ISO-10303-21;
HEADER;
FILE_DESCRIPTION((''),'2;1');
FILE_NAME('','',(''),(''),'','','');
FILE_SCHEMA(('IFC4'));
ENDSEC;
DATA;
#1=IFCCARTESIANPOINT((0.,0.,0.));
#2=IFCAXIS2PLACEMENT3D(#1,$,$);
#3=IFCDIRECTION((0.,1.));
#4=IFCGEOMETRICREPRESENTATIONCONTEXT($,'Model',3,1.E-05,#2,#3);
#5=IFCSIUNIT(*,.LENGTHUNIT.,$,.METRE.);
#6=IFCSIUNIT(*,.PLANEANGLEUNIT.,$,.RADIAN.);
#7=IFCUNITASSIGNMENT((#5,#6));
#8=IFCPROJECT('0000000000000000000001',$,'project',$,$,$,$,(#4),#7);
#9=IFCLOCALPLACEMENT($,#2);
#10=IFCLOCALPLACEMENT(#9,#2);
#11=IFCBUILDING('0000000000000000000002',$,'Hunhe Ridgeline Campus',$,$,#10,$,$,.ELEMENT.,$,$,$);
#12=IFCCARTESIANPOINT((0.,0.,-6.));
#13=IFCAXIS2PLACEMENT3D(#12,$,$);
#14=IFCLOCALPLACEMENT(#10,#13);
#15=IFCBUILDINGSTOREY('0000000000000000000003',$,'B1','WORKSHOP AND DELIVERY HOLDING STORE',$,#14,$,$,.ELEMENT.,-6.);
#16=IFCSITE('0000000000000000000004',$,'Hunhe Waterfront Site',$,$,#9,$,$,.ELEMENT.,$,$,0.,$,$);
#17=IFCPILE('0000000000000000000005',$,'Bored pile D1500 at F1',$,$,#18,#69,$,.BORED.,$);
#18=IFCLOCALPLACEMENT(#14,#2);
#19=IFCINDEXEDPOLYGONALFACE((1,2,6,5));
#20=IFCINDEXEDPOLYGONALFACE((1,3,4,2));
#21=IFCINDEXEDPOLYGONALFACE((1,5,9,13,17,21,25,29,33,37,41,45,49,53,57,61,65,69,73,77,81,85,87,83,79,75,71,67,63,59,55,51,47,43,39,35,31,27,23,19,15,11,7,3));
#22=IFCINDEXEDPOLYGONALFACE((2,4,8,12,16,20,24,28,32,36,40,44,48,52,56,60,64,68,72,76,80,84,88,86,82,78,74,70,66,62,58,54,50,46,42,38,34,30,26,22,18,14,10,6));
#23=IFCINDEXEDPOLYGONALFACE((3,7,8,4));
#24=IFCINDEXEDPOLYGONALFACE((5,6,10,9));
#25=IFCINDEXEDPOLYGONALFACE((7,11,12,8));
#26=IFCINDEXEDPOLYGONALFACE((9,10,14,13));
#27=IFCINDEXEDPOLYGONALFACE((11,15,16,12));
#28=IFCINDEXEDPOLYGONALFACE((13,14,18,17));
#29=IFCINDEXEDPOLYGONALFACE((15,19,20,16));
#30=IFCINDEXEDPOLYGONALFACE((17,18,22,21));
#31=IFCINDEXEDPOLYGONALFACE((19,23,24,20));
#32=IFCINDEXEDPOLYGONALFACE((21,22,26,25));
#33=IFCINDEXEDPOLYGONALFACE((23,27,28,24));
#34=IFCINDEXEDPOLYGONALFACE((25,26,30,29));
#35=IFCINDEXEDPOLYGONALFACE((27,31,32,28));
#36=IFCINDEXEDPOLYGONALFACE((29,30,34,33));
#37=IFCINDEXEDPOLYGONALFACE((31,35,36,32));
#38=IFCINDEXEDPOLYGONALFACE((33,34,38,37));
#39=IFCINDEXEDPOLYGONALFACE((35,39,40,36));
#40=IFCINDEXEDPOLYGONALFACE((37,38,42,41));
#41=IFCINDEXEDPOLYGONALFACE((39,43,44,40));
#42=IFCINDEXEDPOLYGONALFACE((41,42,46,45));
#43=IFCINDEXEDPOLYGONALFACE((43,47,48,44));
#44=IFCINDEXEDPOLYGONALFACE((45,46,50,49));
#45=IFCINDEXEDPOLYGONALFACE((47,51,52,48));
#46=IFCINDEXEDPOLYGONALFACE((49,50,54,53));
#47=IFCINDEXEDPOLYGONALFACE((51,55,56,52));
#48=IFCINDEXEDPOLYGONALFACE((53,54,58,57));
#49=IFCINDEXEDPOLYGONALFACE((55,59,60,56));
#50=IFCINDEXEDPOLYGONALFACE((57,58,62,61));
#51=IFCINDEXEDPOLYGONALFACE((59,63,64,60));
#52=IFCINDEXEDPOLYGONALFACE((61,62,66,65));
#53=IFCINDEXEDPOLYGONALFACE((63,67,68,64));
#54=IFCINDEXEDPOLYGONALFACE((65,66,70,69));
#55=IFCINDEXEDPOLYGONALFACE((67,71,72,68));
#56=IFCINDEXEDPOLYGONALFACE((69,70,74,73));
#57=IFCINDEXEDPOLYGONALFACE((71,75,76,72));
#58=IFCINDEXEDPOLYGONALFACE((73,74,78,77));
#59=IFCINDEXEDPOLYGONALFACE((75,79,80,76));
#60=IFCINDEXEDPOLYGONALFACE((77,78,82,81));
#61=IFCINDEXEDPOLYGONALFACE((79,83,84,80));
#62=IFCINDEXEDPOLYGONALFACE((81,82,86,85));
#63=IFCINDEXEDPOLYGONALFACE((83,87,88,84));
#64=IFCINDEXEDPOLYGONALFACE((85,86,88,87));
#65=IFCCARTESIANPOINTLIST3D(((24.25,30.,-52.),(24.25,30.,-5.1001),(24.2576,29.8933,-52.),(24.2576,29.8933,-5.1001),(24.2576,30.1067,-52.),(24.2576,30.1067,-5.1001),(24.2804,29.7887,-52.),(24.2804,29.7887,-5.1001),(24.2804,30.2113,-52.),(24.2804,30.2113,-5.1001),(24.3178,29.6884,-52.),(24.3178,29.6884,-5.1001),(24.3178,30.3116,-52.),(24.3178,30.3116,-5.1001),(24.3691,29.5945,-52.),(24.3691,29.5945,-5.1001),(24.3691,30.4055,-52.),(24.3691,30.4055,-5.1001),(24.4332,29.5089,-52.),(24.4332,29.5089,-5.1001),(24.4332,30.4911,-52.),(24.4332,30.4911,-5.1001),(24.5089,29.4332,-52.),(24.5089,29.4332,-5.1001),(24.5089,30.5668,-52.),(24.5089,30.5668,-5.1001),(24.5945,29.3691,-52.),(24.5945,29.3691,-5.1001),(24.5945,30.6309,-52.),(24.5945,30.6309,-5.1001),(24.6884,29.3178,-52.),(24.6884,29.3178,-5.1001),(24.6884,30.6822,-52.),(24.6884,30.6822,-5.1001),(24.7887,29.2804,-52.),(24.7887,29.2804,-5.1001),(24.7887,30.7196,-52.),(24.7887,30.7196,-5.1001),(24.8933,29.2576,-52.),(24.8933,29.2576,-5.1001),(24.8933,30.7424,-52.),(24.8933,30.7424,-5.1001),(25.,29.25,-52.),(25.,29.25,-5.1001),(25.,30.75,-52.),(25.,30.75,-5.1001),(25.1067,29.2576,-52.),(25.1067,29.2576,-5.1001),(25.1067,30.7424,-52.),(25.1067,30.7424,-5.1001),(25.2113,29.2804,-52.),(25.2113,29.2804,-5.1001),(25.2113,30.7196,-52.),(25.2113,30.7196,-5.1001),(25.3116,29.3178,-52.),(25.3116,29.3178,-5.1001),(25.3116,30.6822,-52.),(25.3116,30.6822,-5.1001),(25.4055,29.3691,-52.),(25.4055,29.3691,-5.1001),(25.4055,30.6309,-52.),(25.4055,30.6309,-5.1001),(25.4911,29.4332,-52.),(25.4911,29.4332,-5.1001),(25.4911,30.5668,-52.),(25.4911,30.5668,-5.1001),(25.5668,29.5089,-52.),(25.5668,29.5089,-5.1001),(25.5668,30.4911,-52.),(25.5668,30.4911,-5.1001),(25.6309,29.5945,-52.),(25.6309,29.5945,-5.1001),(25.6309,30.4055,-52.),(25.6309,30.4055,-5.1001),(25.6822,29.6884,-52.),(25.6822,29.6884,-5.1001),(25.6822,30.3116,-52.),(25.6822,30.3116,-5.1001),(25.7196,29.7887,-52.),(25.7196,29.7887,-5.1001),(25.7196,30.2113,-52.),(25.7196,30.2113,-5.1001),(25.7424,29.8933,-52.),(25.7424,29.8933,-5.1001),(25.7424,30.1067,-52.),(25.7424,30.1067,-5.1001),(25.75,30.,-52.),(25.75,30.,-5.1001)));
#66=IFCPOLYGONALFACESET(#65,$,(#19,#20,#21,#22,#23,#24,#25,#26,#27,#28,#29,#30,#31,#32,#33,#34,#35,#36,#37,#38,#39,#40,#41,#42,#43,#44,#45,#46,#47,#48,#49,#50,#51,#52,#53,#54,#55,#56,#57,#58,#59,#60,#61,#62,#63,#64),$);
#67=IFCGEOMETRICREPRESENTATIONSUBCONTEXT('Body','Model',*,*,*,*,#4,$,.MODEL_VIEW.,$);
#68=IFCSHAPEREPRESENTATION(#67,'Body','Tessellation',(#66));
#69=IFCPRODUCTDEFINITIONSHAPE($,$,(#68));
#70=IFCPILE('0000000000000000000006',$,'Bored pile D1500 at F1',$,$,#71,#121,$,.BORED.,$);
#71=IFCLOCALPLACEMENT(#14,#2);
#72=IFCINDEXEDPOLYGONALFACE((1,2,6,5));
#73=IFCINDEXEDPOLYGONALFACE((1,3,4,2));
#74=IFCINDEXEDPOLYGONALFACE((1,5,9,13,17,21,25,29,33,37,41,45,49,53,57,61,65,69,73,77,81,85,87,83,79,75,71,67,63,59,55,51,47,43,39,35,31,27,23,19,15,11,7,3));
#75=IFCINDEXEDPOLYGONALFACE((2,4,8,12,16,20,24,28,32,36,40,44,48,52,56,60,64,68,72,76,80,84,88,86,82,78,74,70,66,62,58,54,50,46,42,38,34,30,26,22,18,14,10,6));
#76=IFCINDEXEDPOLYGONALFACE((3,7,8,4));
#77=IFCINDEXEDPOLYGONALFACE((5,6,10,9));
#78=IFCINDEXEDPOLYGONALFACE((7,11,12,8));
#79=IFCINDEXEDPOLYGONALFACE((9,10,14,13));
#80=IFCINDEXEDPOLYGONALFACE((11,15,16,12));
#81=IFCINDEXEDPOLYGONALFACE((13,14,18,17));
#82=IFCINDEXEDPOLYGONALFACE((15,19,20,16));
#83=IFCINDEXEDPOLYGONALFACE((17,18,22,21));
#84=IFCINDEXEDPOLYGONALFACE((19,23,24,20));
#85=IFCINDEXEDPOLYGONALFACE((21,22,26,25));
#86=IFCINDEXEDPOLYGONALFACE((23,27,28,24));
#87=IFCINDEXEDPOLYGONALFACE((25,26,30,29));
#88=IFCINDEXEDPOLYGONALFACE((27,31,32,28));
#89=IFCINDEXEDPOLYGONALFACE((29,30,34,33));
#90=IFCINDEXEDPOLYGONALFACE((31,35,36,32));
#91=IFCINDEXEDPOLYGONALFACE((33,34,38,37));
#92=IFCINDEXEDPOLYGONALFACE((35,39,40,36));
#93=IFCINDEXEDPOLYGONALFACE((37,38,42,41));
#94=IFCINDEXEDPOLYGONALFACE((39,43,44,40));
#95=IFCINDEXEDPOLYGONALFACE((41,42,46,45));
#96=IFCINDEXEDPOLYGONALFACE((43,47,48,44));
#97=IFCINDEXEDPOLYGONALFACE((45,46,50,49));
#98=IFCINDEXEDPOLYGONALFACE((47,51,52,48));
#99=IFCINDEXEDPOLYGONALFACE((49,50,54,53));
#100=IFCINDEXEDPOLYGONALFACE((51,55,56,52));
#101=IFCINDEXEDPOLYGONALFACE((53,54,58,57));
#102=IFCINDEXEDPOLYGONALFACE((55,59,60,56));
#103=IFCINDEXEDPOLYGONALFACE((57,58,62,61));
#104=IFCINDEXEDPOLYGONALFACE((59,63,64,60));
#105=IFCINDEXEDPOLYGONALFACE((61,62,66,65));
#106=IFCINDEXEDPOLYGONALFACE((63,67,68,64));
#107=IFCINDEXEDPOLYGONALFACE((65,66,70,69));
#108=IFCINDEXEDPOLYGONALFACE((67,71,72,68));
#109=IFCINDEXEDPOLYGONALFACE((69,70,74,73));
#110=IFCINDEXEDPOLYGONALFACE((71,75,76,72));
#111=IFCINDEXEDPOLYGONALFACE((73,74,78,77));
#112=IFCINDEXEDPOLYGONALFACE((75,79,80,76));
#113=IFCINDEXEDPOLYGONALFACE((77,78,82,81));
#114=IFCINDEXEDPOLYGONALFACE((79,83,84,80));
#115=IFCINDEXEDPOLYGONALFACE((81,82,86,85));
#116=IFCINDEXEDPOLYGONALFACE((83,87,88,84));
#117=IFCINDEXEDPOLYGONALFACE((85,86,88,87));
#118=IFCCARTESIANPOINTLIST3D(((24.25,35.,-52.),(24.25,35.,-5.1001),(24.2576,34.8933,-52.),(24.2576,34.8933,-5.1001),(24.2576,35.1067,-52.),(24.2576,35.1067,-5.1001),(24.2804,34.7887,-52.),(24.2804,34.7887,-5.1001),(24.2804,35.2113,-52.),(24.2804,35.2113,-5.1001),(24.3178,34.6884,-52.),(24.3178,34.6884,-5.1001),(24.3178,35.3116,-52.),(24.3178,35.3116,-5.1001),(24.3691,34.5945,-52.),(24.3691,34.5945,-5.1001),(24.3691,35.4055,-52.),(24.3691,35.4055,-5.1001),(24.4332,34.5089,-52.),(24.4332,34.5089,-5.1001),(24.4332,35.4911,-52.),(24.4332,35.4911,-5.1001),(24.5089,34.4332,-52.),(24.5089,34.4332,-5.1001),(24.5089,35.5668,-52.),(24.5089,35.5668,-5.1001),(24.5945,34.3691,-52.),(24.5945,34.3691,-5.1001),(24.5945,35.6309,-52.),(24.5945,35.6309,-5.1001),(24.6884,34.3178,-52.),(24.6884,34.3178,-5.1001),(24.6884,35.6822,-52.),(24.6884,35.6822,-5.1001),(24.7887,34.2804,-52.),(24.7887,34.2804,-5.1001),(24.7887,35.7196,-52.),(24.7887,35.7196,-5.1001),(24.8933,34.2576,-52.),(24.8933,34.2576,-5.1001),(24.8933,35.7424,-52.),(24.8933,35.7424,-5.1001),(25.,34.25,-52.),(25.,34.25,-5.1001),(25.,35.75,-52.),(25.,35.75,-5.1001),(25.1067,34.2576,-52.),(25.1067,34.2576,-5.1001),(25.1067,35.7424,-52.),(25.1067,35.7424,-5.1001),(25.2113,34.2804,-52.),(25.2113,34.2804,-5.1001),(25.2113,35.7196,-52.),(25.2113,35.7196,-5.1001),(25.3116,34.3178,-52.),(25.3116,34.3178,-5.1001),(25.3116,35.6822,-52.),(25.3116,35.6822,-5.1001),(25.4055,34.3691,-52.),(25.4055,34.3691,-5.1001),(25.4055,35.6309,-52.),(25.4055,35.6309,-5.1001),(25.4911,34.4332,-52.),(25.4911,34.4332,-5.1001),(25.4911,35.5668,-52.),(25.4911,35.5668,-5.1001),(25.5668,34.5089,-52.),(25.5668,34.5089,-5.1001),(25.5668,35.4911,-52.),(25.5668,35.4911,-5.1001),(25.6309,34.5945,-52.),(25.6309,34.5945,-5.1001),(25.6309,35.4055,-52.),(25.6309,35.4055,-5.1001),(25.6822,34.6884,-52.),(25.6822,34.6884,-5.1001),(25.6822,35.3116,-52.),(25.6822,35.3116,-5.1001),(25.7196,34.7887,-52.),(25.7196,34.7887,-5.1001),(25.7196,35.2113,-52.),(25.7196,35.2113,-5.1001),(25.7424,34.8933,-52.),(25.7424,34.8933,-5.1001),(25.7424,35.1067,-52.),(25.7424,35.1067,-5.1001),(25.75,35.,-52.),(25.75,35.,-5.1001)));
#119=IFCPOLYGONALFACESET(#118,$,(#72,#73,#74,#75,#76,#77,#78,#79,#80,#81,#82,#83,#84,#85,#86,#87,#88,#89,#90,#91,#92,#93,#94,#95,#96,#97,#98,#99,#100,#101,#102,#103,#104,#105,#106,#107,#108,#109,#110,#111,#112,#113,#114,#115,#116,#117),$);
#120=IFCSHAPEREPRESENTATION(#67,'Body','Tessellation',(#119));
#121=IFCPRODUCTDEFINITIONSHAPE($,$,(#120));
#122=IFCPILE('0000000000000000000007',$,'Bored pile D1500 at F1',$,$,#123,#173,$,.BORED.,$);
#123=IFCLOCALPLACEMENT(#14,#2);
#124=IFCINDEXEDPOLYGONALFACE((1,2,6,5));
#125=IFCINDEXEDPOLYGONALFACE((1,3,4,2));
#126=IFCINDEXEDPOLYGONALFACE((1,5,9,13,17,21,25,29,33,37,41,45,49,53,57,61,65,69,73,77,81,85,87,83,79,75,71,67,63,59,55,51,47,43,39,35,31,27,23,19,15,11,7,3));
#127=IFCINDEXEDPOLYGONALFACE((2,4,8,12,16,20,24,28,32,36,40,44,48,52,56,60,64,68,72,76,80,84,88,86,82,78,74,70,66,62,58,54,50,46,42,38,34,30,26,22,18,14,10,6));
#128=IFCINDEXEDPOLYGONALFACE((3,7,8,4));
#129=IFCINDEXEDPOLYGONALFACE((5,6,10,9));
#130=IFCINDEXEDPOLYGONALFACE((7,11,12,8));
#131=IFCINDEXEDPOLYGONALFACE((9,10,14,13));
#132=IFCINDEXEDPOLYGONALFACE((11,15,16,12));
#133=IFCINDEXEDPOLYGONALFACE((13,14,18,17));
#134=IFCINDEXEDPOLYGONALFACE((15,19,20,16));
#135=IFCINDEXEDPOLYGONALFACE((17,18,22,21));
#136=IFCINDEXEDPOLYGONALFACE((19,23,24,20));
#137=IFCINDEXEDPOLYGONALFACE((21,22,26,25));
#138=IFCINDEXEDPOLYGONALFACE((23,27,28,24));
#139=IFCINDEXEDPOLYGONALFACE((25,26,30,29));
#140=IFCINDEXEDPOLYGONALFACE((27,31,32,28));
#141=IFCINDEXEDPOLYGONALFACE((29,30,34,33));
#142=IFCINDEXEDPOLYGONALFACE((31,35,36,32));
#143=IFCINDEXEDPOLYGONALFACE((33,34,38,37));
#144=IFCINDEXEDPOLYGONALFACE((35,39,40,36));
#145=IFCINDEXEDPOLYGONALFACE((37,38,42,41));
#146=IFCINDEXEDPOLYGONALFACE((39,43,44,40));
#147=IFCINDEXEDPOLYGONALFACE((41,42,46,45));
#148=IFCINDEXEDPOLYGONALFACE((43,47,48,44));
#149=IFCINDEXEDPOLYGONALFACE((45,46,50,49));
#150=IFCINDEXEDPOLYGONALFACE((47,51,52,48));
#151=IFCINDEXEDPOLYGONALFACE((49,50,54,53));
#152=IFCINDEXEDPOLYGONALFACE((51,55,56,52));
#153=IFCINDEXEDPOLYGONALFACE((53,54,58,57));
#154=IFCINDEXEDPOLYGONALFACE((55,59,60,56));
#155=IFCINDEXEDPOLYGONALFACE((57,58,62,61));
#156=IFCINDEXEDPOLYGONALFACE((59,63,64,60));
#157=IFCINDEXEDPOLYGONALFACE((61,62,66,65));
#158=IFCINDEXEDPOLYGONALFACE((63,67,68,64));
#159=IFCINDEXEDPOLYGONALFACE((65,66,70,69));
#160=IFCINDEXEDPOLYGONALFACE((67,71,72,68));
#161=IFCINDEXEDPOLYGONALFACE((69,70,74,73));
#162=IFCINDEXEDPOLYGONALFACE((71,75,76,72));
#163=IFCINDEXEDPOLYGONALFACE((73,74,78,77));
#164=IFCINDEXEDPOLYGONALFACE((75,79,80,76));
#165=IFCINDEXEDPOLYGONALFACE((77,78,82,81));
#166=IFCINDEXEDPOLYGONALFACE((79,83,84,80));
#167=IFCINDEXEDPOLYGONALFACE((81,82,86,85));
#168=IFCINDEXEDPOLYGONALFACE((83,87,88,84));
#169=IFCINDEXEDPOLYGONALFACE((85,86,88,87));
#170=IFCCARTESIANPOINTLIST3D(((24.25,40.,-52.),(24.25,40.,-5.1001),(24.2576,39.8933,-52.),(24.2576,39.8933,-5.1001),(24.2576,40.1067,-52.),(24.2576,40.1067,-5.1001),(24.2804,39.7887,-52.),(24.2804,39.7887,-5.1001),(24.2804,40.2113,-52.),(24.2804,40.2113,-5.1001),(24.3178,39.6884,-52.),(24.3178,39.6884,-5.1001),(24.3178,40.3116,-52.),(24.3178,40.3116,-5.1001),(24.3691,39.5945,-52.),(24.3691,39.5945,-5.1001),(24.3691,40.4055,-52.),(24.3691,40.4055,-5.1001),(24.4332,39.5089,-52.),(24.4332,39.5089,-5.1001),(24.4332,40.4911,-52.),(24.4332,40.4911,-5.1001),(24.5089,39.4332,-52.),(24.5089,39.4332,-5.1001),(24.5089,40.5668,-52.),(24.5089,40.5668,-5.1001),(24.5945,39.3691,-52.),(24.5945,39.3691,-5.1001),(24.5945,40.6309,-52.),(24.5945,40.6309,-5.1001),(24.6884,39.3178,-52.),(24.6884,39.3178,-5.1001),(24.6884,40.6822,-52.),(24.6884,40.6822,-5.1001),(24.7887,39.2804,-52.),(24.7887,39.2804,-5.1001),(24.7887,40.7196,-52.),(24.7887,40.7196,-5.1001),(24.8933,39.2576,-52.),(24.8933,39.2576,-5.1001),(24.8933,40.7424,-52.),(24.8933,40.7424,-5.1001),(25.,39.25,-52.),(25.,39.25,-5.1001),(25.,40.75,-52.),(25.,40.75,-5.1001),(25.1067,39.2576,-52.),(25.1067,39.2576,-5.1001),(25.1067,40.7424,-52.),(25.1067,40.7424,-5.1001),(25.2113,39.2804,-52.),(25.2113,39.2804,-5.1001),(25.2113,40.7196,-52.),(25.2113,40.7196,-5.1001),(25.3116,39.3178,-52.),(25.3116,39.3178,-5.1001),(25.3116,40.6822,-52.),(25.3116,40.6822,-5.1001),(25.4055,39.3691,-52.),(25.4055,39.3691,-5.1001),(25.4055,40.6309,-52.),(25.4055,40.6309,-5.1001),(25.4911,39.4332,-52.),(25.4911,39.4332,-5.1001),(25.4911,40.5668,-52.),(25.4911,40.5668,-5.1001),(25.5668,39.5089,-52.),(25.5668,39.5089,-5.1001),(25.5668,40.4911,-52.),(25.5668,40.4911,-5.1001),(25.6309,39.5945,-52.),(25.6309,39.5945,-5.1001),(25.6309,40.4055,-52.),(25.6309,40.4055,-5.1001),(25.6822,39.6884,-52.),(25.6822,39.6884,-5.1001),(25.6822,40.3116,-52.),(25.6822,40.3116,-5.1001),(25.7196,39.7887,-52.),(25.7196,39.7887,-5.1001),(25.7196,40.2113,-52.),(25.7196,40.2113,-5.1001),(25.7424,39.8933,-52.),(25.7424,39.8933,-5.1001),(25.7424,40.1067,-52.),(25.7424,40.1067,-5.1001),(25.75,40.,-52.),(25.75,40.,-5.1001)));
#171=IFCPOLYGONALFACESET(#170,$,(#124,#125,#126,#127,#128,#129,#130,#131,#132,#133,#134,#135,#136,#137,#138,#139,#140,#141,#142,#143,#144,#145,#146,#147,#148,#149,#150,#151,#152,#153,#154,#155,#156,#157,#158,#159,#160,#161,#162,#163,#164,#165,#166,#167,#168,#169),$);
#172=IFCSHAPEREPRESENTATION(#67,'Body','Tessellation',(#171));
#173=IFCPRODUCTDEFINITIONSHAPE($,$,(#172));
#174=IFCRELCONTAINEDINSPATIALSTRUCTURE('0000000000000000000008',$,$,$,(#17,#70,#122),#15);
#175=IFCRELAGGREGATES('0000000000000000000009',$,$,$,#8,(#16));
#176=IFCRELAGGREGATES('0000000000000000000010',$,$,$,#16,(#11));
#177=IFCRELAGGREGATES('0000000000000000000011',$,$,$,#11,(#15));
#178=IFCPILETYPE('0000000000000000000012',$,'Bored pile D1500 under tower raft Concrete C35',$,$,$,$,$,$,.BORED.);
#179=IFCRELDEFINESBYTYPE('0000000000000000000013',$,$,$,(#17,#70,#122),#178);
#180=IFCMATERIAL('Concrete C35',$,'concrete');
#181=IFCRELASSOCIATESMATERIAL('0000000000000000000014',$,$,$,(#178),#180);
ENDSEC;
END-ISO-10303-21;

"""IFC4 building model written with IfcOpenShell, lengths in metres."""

from ifc_helpers import new_model, si_unit, direction, frame, origin, origin_2d, place, context, subcontext, project, spatial, circle, extrude, material, material_profile, profile_set, type_object, element, save


model = new_model("IFC4")

# Units and contexts
model_context = context("Model", 3, precision=1e-05, world=origin(), true_north=direction((0.0, 1.0)))
body_context = subcontext(model_context, "Body", "Model", "MODEL_VIEW")
ifc_project = project(units=[si_unit("LENGTHUNIT", "METRE"), si_unit("PLANEANGLEUNIT", "RADIAN")], contexts=[model_context])

# Site, building, storey
site_placement = place(None, origin())
site = spatial("IfcSite", under=ifc_project, at=site_placement, Name="Hunhe Waterfront Site", CompositionType="ELEMENT", RefElevation=0.0)
building_placement = place(site_placement, origin())
building = spatial("IfcBuilding", under=site, at=building_placement, Name="Hunhe Ridgeline Campus", CompositionType="ELEMENT")
storey_placement = place(building_placement, frame((0.0, 0.0, -6.0)))
storey = spatial("IfcBuildingStorey", under=building, at=storey_placement, Name="B1", Description="WORKSHOP AND DELIVERY HOLDING STORE", CompositionType="ELEMENT", Elevation=-6.0)

# Piles
ifc_material_1 = material(Name="Concrete C35", Category="concrete")
ifc_material_profile_1 = material_profile(ifc_material_1, circle(Radius=0.75, at=origin_2d()))
ifc_profile_set_1 = profile_set([ifc_material_profile_1], Name="Concrete C35")
pile_type = type_object("IfcPileType", Name="Bored pile D1500 under tower raft Concrete C35", PredefinedType="BORED", material=ifc_profile_set_1)
for number, where, z_axis, x_axis, name in (
    (1, (25.0, 30.0, -5.1001), (0.0, 0.0, -1.0), (1.0, 0.0, 0.0), "Bored pile D1500 at F1"),
    (2, (25.0, 35.0, -5.1001), (0.0, 0.0, -1.0), (1.0, 0.0, 0.0), "Bored pile D1500 at F1"),
    (3, (25.0, 40.0, -5.1001), (0.0, 0.0, -1.0), (1.0, 0.0, 0.0), "Bored pile D1500 at F1"),
):
    element("IfcPile", number, at=place(storey_placement, frame(where, z_axis=z_axis, x_axis=x_axis)), inside=storey, type_object=pile_type, Name=name, PredefinedType="BORED", context=body_context, shape_type="SweptSolid", body=[
        extrude(circle(Radius=0.75, at=origin_2d()), origin(), (0.0, 0.0, 1.0), 46.8999),
    ])

save(model, "model.ifc")
